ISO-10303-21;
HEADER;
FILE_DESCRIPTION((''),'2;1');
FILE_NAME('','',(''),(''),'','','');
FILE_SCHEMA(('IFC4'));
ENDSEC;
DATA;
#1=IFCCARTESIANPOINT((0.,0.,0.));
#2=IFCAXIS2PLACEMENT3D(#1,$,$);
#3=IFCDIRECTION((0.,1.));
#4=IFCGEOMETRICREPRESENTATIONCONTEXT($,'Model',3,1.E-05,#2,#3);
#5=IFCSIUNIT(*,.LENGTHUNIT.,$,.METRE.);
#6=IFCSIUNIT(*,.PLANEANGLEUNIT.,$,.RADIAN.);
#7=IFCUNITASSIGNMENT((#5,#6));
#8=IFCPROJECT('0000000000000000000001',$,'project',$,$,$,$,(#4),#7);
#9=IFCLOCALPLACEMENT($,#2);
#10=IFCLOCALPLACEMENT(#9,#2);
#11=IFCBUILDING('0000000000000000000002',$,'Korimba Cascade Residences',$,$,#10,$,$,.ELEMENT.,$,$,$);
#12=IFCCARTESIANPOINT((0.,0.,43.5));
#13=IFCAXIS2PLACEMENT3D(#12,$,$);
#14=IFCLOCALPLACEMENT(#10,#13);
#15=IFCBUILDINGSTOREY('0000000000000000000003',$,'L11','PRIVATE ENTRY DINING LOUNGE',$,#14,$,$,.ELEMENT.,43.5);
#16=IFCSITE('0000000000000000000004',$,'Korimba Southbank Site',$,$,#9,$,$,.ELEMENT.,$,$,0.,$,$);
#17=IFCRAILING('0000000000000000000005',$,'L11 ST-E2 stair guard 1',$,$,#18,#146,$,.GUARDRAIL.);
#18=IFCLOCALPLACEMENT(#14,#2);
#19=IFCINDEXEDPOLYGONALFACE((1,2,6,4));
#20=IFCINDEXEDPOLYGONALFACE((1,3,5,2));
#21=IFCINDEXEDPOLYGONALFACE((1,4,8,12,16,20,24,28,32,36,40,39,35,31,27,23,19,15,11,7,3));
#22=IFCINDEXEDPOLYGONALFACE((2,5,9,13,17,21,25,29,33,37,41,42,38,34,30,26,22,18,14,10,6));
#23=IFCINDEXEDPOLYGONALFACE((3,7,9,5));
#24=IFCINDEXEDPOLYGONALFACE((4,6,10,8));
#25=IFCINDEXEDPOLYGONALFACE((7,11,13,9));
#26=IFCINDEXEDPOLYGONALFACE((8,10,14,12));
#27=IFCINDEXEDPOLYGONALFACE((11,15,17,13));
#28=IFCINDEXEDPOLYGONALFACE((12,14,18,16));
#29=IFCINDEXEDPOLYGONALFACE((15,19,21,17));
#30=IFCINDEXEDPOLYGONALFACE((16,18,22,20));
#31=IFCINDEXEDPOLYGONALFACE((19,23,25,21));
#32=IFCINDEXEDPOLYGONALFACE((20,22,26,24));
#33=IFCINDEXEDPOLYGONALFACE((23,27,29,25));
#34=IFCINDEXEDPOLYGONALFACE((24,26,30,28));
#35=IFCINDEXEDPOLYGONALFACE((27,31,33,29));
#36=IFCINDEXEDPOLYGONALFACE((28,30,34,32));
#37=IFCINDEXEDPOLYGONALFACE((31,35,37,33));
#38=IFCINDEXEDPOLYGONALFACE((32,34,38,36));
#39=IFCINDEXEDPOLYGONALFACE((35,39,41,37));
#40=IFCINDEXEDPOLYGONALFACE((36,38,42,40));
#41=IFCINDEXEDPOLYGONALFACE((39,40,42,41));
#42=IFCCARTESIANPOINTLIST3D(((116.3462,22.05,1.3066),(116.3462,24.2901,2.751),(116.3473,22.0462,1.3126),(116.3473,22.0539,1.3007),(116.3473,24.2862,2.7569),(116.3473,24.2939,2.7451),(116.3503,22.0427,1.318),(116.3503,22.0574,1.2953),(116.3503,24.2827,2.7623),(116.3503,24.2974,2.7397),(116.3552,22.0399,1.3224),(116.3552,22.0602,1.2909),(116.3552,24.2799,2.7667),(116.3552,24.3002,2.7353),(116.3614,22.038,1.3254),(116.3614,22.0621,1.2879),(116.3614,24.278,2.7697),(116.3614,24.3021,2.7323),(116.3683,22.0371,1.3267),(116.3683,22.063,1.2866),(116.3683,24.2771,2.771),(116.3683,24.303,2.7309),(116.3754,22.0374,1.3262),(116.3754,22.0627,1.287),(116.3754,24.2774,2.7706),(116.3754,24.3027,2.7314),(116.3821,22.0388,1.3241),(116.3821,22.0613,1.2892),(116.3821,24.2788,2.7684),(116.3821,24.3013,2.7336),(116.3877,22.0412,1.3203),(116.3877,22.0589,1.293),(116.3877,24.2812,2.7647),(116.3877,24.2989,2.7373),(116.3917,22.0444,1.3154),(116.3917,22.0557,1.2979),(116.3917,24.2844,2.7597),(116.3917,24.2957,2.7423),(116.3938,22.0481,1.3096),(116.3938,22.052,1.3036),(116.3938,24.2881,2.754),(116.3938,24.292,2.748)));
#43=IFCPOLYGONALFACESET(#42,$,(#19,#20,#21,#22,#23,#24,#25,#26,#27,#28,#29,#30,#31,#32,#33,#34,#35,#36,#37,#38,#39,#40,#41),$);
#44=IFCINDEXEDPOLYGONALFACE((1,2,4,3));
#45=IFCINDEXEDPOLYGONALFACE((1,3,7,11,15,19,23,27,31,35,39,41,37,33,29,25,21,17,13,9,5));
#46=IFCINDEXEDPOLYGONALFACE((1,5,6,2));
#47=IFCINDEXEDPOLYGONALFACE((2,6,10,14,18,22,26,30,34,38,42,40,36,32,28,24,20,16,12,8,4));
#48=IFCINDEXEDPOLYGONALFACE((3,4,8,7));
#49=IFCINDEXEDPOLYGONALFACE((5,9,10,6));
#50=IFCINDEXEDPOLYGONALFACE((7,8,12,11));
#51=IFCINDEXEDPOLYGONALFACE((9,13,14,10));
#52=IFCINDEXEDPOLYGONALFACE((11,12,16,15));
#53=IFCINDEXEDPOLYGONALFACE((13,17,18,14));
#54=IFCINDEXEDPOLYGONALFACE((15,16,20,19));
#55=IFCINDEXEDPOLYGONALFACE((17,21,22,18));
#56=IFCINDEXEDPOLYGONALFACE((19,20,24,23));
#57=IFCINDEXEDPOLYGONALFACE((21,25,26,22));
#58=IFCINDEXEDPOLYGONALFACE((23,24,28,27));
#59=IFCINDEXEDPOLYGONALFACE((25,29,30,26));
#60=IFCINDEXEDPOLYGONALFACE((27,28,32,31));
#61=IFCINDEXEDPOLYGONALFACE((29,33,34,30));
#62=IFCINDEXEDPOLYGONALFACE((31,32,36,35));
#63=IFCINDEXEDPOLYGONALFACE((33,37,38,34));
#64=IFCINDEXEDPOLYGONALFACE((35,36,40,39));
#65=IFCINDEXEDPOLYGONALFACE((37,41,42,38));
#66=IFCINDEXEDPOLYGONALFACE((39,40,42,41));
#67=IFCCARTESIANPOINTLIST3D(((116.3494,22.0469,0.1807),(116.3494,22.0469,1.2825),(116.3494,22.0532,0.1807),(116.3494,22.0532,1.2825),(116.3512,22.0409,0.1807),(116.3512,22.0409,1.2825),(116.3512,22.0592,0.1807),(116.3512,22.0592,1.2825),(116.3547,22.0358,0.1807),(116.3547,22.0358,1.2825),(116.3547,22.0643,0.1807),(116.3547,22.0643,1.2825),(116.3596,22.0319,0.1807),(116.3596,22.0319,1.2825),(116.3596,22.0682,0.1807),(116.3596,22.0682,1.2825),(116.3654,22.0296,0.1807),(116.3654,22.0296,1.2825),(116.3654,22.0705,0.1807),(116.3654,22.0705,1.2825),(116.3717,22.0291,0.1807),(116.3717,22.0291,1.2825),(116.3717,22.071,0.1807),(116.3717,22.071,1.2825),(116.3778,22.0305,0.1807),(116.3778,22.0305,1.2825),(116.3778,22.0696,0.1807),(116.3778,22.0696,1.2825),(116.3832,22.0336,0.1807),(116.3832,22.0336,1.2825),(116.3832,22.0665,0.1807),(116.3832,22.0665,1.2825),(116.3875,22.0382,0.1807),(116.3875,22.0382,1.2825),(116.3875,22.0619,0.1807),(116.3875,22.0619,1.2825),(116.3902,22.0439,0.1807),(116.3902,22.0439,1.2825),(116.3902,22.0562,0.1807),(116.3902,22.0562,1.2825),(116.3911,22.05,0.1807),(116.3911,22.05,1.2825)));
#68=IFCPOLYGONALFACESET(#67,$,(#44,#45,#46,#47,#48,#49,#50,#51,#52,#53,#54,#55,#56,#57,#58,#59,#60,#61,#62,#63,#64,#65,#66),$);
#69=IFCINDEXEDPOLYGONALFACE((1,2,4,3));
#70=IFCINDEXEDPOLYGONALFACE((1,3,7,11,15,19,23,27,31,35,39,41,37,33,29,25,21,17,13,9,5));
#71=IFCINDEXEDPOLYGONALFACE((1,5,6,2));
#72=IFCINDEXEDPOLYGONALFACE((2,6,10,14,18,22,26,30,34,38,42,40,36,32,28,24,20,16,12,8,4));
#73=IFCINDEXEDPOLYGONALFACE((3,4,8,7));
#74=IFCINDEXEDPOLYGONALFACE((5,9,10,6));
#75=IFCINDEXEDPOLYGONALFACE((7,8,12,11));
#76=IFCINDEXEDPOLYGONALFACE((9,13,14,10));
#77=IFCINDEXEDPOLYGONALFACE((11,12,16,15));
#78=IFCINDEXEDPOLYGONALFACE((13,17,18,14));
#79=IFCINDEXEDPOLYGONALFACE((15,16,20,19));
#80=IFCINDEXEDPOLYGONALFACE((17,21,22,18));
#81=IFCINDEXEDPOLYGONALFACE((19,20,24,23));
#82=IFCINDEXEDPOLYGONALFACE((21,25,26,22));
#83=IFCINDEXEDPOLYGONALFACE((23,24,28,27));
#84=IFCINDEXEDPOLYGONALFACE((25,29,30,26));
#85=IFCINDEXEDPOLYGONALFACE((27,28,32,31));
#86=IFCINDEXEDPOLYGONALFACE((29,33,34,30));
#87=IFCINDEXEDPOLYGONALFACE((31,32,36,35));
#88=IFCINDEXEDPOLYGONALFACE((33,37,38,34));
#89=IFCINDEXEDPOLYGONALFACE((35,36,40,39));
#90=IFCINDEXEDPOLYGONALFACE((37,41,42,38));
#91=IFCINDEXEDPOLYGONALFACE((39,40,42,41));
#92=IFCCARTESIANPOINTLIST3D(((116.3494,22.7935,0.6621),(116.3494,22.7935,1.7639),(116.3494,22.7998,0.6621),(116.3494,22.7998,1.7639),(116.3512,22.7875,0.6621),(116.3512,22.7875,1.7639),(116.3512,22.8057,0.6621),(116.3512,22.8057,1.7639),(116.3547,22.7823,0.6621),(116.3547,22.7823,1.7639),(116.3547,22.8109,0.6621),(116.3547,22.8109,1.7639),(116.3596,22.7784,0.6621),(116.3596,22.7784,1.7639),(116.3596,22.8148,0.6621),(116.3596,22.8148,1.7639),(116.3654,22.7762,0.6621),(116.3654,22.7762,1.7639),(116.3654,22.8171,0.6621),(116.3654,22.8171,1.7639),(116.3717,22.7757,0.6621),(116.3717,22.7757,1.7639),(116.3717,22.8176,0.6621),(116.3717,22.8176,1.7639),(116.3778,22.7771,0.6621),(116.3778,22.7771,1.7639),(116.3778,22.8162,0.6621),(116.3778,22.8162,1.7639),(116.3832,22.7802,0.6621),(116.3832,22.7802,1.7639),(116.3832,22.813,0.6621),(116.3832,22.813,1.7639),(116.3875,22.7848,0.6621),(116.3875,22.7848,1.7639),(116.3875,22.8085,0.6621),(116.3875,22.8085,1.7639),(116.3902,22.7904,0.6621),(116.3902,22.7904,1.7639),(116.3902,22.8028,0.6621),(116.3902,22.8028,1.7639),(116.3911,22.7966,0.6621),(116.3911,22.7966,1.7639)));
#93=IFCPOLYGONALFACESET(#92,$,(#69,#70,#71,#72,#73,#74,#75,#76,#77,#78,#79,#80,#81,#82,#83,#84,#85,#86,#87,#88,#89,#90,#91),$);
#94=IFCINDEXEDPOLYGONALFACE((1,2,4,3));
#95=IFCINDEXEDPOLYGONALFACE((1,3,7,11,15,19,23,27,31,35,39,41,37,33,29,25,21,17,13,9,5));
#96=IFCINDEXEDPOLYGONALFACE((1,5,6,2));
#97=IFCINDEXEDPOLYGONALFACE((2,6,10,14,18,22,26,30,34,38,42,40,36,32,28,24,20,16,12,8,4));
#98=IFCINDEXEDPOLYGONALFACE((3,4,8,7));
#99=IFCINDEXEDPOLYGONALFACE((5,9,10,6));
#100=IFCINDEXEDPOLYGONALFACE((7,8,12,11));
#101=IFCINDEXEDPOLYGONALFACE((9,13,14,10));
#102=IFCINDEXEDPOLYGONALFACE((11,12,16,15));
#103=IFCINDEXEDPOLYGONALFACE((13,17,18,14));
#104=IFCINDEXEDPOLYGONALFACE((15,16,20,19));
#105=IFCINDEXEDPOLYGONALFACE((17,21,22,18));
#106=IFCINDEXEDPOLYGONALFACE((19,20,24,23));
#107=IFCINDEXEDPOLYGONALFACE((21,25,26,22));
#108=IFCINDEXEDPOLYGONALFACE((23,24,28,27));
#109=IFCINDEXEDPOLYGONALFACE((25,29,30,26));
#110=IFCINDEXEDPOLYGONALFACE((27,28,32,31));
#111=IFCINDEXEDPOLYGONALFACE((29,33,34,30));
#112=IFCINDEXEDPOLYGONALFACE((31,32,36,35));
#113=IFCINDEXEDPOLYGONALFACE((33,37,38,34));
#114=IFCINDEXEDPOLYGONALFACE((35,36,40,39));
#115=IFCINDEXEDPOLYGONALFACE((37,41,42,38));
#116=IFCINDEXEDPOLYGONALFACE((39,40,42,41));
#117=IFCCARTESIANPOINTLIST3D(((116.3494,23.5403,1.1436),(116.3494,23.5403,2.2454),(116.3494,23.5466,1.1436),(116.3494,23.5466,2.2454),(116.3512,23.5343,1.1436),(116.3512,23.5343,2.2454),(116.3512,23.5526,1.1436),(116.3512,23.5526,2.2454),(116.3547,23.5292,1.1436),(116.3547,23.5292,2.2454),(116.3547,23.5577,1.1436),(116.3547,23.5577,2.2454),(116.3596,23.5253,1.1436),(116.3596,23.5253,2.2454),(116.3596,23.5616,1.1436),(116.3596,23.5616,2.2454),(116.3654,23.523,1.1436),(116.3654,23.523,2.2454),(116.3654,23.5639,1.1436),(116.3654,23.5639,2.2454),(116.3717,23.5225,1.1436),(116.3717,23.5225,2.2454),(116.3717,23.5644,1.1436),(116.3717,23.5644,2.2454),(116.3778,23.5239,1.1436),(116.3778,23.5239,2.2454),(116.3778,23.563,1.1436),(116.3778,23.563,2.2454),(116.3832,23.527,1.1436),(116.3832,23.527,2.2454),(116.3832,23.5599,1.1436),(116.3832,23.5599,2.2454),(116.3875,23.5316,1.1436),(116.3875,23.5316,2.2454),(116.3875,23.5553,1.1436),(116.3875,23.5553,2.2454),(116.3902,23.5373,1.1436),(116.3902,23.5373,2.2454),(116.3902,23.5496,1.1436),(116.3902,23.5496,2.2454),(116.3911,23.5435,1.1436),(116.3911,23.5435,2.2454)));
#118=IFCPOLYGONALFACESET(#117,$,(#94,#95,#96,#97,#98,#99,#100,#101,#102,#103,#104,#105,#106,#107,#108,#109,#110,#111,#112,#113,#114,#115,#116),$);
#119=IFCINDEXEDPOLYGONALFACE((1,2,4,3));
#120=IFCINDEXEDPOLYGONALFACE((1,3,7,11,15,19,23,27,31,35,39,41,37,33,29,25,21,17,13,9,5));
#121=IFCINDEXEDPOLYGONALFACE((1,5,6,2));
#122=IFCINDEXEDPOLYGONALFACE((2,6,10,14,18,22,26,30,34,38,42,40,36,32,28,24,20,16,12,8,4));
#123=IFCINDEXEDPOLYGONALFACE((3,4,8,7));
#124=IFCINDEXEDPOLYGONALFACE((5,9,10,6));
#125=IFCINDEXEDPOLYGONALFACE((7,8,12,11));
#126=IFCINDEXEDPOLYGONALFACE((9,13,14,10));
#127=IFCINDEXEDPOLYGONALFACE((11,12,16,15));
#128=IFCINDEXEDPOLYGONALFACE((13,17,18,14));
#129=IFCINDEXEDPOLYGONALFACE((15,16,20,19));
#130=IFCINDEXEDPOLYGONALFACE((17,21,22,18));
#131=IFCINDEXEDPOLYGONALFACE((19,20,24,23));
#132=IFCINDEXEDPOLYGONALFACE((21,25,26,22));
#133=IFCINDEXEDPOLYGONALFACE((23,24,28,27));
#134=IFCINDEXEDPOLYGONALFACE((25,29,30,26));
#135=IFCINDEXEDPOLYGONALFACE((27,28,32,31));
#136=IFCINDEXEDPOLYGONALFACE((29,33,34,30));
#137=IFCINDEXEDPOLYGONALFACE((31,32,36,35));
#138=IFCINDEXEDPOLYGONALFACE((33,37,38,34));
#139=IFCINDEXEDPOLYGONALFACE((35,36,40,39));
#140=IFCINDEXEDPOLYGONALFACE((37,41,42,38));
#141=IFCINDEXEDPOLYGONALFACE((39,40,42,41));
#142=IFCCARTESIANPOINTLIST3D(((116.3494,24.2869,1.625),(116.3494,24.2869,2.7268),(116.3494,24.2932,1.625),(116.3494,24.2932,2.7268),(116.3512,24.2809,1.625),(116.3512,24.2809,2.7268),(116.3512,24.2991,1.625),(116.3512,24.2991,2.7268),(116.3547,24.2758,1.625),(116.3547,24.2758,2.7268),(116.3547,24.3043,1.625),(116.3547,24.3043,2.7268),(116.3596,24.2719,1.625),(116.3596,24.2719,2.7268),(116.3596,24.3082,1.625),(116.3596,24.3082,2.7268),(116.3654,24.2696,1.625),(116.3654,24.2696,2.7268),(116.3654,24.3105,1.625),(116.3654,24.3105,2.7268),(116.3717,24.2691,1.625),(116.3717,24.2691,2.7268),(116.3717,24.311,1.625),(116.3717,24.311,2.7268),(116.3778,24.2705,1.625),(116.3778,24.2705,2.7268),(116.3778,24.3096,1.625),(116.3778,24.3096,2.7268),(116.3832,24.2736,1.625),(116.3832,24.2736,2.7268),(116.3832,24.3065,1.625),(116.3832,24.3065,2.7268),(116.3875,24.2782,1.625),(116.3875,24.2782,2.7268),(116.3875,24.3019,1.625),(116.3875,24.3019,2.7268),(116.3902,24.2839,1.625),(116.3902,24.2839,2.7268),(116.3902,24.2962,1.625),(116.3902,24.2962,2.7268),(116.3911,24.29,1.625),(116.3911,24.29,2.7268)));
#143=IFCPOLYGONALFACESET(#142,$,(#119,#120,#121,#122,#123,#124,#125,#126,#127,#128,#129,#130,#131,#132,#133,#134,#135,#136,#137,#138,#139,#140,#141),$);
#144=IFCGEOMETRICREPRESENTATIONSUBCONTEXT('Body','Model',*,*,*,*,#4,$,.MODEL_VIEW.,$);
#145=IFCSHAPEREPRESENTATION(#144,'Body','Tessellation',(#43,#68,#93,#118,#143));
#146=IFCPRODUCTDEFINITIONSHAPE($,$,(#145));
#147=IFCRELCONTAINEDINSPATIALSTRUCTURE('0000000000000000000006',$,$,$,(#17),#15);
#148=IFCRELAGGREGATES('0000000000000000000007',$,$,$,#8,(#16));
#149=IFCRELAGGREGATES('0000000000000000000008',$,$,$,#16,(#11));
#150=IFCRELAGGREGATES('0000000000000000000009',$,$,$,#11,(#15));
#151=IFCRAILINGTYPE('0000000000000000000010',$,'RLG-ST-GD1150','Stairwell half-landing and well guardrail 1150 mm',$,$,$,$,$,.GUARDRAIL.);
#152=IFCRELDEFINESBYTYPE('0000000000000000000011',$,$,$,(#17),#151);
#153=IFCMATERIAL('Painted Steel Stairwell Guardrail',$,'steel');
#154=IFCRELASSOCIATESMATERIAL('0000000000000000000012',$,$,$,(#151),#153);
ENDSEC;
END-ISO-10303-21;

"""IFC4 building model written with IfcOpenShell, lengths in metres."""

from ifc_helpers import new_model, si_unit, direction, frame, origin, origin_2d, place, context, subcontext, project, spatial, circle, extrude, material, type_object, element, save


model = new_model("IFC4")

# Units and contexts
model_context = context("Model", 3, precision=1e-05, world=origin(), true_north=direction((0.0, 1.0)))
body_context = subcontext(model_context, "Body", "Model", "MODEL_VIEW")
ifc_project = project(units=[si_unit("LENGTHUNIT", "METRE"), si_unit("PLANEANGLEUNIT", "RADIAN")], contexts=[model_context])

# Site, building, storey
site_placement = place(None, origin())
site = spatial("IfcSite", under=ifc_project, at=site_placement, Name="Korimba Southbank Site", CompositionType="ELEMENT", RefElevation=0.0)
building_placement = place(site_placement, origin())
building = spatial("IfcBuilding", under=site, at=building_placement, Name="Korimba Cascade Residences", CompositionType="ELEMENT")
storey_placement = place(building_placement, frame((0.0, 0.0, 43.5)))
storey = spatial("IfcBuildingStorey", under=building, at=storey_placement, Name="L11", Description="PRIVATE ENTRY DINING LOUNGE", CompositionType="ELEMENT", Elevation=43.5)

# Railing
ifc_material_1 = material(Name="Painted Steel Stairwell Guardrail", Category="steel")
railing_type_1 = type_object("IfcRailingType", Name="RLG-ST-GD1150", Description="Stairwell half-landing and well guardrail 1150 mm", PredefinedType="GUARDRAIL", material=ifc_material_1)
railing_1_placement = place(storey_placement, frame((116.3701, 22.05, 0.1807)))
element("IfcRailing", 1, at=railing_1_placement, inside=storey, type_object=railing_type_1, Name="L11 ST-E2 stair guard 1", PredefinedType="GUARDRAIL", context=body_context, shape_type="SweptSolid", body=[
    extrude(circle(Radius=0.0239, at=origin_2d()), frame((0.0, 0.0, 1.126), z_axis=(0.0, 0.840437, 0.54191), x_axis=(-1.0, 0.0, 0.0)), (0.0, 0.0, 1.0), 2.6653),
    extrude(circle(Radius=0.021, at=origin_2d()), origin(), (0.0, 0.0, 1.0), 1.1018),
    extrude(circle(Radius=0.021, at=origin_2d()), frame((0.0, 0.7466, 0.4814)), (0.0, 0.0, 1.0), 1.1018),
    extrude(circle(Radius=0.021, at=origin_2d()), frame((0.0, 1.4934, 0.9629)), (0.0, 0.0, 1.0), 1.1018),
    extrude(circle(Radius=0.021, at=origin_2d()), frame((0.0, 2.24, 1.4443)), (0.0, 0.0, 1.0), 1.1018),
])

save(model, "model.ifc")
